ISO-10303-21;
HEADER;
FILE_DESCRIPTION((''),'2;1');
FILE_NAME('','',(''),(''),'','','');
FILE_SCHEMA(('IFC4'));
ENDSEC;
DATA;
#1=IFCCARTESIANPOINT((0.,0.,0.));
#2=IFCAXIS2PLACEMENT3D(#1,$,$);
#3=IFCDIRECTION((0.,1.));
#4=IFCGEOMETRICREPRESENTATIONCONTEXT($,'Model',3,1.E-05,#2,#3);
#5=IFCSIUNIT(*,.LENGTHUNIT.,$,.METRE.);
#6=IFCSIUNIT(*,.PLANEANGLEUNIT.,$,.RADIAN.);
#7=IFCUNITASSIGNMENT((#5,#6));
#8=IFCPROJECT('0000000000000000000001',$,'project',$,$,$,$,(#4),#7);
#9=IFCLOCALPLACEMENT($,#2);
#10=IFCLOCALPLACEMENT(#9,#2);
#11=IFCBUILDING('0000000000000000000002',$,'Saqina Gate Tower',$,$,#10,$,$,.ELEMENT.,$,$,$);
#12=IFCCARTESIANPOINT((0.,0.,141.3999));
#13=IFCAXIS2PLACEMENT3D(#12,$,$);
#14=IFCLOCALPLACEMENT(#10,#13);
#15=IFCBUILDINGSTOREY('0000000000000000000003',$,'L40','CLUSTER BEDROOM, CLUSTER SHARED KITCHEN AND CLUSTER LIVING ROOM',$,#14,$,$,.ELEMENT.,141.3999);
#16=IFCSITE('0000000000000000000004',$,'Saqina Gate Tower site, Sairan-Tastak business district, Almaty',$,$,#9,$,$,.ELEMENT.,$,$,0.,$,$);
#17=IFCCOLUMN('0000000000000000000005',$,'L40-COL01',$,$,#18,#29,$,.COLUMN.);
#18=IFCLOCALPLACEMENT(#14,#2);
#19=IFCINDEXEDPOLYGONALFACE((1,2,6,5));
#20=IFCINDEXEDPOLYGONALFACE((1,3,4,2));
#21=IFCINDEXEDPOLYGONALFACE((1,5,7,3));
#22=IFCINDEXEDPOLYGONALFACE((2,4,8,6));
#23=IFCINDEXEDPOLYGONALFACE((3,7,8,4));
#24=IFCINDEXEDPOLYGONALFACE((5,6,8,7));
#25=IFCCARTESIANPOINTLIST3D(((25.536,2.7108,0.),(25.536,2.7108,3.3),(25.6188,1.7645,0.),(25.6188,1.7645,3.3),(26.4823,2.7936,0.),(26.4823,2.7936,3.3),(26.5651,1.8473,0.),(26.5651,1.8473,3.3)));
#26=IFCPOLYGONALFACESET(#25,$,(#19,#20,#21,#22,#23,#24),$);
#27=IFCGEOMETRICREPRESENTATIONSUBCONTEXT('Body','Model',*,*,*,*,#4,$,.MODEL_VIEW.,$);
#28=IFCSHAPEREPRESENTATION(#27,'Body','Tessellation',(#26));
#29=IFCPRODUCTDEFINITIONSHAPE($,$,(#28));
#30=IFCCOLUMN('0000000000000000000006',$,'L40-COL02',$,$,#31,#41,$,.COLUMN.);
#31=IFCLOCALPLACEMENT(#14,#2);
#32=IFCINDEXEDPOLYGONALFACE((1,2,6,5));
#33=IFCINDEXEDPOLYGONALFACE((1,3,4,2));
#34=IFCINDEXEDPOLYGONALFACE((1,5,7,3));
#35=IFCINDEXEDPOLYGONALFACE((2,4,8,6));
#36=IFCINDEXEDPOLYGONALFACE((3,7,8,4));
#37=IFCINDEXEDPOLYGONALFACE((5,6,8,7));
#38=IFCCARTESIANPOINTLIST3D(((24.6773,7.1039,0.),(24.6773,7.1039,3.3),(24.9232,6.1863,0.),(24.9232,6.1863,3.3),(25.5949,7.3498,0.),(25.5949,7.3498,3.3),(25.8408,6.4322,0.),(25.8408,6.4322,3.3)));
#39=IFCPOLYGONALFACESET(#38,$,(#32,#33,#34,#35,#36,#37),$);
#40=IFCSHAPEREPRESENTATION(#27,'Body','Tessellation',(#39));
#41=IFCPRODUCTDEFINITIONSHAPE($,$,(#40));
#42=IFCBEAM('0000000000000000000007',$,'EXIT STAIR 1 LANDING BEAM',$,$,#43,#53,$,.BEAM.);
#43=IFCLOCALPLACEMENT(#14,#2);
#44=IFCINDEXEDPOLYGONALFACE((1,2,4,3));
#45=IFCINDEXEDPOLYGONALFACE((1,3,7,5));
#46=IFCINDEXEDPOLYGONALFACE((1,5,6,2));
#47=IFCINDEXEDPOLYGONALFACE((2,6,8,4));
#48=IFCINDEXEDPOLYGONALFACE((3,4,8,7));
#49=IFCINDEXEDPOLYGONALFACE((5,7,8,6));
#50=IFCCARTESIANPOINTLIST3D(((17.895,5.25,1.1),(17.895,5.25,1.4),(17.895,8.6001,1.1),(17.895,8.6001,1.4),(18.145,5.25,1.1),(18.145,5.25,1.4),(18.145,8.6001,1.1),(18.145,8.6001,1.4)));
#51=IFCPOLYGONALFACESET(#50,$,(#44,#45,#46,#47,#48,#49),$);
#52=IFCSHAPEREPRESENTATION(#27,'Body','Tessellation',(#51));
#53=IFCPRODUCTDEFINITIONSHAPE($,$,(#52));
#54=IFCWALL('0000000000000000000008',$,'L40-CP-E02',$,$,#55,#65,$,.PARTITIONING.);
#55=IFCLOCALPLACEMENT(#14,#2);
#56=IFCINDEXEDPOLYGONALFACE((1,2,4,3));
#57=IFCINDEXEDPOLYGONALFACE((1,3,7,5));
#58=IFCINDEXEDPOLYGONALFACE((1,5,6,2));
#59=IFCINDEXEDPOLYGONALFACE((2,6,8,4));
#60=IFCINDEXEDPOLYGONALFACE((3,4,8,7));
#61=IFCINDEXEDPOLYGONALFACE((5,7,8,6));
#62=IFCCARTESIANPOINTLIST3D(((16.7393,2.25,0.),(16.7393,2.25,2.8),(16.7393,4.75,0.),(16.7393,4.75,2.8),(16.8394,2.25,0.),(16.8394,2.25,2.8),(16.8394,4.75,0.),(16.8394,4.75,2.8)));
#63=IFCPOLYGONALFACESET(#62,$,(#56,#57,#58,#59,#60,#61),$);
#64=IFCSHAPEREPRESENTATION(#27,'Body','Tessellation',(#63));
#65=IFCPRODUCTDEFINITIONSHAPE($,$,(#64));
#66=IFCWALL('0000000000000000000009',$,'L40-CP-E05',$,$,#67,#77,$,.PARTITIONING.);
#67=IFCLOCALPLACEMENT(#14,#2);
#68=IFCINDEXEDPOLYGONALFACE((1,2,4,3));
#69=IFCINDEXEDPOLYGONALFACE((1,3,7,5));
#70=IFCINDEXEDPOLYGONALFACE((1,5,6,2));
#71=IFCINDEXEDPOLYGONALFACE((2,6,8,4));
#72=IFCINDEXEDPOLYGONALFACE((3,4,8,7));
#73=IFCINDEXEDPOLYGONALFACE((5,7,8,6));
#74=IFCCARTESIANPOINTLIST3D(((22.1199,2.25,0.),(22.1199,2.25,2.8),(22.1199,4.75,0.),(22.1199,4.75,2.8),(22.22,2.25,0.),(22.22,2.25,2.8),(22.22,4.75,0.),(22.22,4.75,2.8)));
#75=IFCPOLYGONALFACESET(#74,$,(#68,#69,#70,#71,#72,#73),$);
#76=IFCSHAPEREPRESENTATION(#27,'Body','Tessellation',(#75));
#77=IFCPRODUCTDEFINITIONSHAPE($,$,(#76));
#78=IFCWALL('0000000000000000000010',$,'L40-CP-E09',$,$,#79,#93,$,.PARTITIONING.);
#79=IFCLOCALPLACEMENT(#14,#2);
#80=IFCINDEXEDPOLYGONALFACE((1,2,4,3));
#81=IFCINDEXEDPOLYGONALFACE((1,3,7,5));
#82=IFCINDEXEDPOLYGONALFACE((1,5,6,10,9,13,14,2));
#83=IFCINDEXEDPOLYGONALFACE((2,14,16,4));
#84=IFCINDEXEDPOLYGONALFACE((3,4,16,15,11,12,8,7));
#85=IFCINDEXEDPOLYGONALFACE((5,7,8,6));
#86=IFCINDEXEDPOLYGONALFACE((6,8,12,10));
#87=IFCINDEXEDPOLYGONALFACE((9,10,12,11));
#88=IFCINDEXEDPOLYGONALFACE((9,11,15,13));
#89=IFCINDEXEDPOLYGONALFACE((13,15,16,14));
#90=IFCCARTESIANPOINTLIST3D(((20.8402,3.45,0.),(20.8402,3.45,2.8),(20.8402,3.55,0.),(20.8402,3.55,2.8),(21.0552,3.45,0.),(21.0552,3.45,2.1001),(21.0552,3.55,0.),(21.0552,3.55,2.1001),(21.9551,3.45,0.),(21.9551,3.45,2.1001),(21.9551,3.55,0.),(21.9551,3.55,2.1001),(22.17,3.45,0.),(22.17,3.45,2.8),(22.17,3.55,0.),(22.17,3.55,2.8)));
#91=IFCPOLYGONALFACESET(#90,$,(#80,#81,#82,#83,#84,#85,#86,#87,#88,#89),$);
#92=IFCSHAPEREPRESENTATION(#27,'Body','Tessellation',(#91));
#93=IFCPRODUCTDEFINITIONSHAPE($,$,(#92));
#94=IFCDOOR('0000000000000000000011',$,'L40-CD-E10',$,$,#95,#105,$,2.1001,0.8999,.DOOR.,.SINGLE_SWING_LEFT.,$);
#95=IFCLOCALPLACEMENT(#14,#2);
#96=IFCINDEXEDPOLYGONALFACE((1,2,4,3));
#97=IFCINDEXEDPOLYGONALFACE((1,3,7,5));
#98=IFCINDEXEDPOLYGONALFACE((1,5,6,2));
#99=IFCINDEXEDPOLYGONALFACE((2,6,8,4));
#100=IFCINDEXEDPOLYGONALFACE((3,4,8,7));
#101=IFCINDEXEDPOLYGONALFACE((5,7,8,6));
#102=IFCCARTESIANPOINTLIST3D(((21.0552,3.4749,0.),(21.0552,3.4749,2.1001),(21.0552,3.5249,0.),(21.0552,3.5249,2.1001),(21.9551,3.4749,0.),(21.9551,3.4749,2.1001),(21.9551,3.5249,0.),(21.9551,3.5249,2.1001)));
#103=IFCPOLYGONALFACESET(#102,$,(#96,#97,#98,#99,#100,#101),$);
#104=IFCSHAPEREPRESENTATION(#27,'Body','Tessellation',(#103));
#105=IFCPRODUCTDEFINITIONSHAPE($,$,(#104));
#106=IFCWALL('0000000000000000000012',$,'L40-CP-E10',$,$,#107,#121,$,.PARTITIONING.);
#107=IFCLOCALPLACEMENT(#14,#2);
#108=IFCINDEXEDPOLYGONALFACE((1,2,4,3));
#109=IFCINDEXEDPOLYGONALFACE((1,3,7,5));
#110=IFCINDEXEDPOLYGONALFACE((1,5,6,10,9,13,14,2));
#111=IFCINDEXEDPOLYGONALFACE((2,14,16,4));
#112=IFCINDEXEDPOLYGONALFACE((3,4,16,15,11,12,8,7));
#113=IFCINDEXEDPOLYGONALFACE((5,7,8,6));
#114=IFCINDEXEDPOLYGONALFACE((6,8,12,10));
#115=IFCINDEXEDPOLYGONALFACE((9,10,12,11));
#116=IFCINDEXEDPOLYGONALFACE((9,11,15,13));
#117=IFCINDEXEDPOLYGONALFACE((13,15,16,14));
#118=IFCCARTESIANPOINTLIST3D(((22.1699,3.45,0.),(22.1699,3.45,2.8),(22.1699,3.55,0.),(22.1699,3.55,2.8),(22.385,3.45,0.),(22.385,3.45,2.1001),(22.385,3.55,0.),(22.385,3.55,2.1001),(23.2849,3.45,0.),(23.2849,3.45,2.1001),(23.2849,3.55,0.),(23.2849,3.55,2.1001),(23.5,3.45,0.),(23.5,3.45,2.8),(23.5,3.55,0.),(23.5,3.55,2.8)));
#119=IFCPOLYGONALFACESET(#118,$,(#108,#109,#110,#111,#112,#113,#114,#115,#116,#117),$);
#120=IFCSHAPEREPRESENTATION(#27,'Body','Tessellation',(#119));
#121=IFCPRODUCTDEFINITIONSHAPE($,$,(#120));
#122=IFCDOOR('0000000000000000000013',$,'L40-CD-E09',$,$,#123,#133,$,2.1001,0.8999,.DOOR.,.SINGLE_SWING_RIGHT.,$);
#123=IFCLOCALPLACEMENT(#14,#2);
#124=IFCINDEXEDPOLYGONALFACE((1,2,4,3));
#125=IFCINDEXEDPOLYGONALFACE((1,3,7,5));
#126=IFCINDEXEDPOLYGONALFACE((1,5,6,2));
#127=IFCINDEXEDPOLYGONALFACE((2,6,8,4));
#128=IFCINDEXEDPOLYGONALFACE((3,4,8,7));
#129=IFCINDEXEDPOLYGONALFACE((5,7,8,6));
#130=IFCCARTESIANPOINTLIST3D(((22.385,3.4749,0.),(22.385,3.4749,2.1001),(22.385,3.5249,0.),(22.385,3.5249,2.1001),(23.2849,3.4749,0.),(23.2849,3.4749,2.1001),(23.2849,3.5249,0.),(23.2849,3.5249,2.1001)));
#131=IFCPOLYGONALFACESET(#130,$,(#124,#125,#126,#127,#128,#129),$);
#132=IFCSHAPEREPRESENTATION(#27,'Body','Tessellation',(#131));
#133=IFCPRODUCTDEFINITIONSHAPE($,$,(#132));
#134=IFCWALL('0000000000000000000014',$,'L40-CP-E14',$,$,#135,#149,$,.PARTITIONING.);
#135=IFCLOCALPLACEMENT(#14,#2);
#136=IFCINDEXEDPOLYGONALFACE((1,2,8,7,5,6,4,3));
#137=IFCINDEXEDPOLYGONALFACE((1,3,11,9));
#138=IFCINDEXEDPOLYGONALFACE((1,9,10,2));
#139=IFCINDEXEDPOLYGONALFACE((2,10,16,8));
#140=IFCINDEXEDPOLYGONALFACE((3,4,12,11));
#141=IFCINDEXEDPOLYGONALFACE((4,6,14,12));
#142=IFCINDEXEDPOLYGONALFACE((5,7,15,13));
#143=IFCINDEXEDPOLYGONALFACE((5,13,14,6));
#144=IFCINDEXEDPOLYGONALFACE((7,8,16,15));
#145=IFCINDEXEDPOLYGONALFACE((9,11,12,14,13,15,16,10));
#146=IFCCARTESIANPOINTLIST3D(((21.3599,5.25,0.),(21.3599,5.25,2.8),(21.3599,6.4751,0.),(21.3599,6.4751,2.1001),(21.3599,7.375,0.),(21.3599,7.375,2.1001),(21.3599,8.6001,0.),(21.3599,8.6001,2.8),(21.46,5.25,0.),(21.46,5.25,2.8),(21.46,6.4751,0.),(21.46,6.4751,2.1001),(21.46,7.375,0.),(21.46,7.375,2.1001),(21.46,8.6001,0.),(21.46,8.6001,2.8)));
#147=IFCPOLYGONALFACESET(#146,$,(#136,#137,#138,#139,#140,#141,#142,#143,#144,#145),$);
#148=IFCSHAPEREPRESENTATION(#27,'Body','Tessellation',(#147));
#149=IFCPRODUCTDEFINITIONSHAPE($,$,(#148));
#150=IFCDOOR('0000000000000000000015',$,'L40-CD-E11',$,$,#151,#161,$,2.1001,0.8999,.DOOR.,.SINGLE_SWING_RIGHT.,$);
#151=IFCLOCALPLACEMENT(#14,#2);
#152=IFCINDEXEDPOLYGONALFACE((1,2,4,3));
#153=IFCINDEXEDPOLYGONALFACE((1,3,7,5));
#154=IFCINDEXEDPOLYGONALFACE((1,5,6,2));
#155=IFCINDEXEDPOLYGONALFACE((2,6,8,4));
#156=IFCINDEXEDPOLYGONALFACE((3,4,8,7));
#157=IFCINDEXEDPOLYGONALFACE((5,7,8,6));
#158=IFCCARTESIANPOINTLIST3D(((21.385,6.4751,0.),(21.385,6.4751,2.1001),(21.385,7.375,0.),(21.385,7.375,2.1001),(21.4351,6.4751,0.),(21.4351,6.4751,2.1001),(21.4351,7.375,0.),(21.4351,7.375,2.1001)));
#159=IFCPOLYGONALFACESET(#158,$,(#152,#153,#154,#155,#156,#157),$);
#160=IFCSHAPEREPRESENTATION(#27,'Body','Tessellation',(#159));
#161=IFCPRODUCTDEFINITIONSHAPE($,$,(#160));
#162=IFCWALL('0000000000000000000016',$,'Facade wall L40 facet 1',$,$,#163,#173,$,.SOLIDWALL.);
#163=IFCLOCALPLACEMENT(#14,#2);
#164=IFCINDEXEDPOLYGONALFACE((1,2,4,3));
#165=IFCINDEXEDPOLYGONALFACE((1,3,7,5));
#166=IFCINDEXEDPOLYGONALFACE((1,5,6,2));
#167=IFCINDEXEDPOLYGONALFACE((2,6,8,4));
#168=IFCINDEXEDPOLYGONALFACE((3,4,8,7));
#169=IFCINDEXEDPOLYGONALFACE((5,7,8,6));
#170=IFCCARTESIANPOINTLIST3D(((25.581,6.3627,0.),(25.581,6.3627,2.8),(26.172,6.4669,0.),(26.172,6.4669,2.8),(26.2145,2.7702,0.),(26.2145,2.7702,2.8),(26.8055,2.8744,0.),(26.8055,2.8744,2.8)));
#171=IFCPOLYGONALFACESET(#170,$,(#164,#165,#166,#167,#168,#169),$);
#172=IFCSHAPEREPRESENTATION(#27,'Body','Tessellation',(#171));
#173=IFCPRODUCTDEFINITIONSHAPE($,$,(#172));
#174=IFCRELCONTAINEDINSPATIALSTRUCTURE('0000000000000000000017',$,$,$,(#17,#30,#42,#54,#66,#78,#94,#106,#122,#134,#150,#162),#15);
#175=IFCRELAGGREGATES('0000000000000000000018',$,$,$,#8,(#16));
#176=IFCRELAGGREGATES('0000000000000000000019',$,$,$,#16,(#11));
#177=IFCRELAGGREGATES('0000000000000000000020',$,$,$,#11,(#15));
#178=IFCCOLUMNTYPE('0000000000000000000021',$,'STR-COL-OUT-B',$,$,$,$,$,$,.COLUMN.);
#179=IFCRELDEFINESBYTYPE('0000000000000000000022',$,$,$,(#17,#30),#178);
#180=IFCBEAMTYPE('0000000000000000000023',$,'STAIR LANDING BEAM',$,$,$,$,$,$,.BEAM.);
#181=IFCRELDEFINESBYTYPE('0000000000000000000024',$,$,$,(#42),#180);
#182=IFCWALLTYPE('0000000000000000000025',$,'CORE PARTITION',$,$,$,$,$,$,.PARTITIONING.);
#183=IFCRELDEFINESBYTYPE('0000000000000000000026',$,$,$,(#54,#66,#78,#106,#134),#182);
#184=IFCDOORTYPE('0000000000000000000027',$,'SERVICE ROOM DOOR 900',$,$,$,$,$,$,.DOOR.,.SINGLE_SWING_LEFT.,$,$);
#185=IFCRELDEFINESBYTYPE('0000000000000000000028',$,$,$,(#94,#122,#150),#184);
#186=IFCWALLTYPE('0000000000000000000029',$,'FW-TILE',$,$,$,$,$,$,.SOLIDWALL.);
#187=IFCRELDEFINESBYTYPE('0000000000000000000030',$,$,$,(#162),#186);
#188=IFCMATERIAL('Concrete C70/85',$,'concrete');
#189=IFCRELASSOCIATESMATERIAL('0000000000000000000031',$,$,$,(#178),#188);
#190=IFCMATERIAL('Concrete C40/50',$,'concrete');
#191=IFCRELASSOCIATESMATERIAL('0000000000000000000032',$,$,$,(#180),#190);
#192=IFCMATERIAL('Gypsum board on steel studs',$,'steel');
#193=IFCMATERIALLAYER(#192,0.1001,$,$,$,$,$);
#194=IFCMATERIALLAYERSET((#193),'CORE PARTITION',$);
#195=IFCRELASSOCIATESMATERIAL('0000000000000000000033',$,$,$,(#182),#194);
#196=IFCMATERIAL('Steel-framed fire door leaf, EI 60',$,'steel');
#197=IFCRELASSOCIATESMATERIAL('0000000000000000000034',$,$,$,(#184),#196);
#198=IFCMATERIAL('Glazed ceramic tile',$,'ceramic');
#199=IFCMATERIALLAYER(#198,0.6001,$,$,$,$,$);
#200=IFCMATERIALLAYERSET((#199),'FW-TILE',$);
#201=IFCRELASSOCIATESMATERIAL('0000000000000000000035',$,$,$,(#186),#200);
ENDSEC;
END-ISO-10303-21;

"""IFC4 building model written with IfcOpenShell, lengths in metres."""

from ifc_helpers import new_model, si_unit, direction, frame, frame_2d, origin, origin_2d, place, context, subcontext, project, spatial, rectangle, extrude, material, layer, layer_set, material_profile, profile_set, type_object, element, fill, save


model = new_model("IFC4")

# Units and contexts
model_context = context("Model", 3, precision=1e-05, world=origin(), true_north=direction((0.0, 1.0)))
body_context = subcontext(model_context, "Body", "Model", "MODEL_VIEW")
ifc_project = project(units=[si_unit("LENGTHUNIT", "METRE"), si_unit("PLANEANGLEUNIT", "RADIAN")], contexts=[model_context])

# Site, building, storey
site_placement = place(None, origin())
site = spatial("IfcSite", under=ifc_project, at=site_placement, Name="Saqina Gate Tower site, Sairan-Tastak business district, Almaty", CompositionType="ELEMENT", RefElevation=0.0)
building_placement = place(site_placement, origin())
building = spatial("IfcBuilding", under=site, at=building_placement, Name="Saqina Gate Tower", CompositionType="ELEMENT")
storey_placement = place(building_placement, frame((0.0, 0.0, 141.3999)))
storey = spatial("IfcBuildingStorey", under=building, at=storey_placement, Name="L40", Description="CLUSTER BEDROOM, CLUSTER SHARED KITCHEN AND CLUSTER LIVING ROOM", CompositionType="ELEMENT", Elevation=141.3999)

# Columns
ifc_material_1 = material(Name="Concrete C70/85", Category="concrete")
ifc_material_profile_1 = material_profile(ifc_material_1, rectangle(XDim=0.95, YDim=0.95, at=origin_2d()), Name="RC 950x950")
ifc_profile_set_1 = profile_set([ifc_material_profile_1], Name="Concrete C70/85")
column_type = type_object("IfcColumnType", Name="STR-COL-OUT-B", PredefinedType="COLUMN", material=ifc_profile_set_1)
for number, where, z_axis, x_axis, name in (
    (1, (26.0505, 2.2791, 0.0), (0.0, 0.0, 1.0), (0.996195, 0.087156, 0.0), "L40-COL01"),
    (2, (25.259, 6.7681, 0.0), (0.0, 0.0, 1.0), (0.965926, 0.258819, 0.0), "L40-COL02"),
):
    element("IfcColumn", number, at=place(storey_placement, frame(where, z_axis=z_axis, x_axis=x_axis)), inside=storey, type_object=column_type, Name=name, PredefinedType="COLUMN", context=body_context, shape_type="SweptSolid", body=[
        extrude(rectangle(XDim=0.95, YDim=0.95, at=origin_2d()), origin(), (0.0, 0.0, 1.0), 3.3),
    ])

# Beam
ifc_material_2 = material(Name="Concrete C40/50", Category="concrete")
ifc_material_profile_2 = material_profile(ifc_material_2, rectangle(XDim=0.25, YDim=0.3, at=origin_2d()), Name="STAIR LANDING BEAM")
ifc_profile_set_2 = profile_set([ifc_material_profile_2], Name="Concrete C40/50")
beam_type = type_object("IfcBeamType", Name="STAIR LANDING BEAM", PredefinedType="BEAM", material=ifc_profile_set_2)
beam_placement = place(storey_placement, frame((18.02, 5.25, 1.25), z_axis=(0.0, 1.0, 0.0), x_axis=(-1.0, 0.0, 0.0)))
element("IfcBeam", 3, at=beam_placement, inside=storey, type_object=beam_type, Name="EXIT STAIR 1 LANDING BEAM", PredefinedType="BEAM", context=body_context, shape_type="SweptSolid", body=[
    extrude(rectangle(XDim=0.25, YDim=0.3, at=origin_2d()), origin(), (0.0, 0.0, 1.0), 3.3501),
])

# Walls
ifc_material_3 = material(Name="Gypsum board on steel studs", Category="steel")
ifc_layer_1 = layer(ifc_material_3, 0.1001)
ifc_layer_set_1 = layer_set([ifc_layer_1], Name="CORE PARTITION")
wall_type_1 = type_object("IfcWallType", Name="CORE PARTITION", PredefinedType="PARTITIONING", material=ifc_layer_set_1)
for number, where, z_axis, x_axis, name in (
    (4, (16.7893, 2.25, 0.0), (0.0, 0.0, 1.0), (0.0, 1.0, 0.0), "L40-CP-E02"),
    (5, (22.1699, 2.25, 0.0), (0.0, 0.0, 1.0), (0.0, 1.0, 0.0), "L40-CP-E05"),
):
    element("IfcWall", number, at=place(storey_placement, frame(where, z_axis=z_axis, x_axis=x_axis)), inside=storey, type_object=wall_type_1, Name=name, PredefinedType="PARTITIONING", context=body_context, shape_type="SweptSolid", body=[
        extrude(rectangle(XDim=2.5, YDim=0.1001, at=frame_2d((1.25, 0.0))), origin(), (0.0, 0.0, 1.0), 2.8),
    ])

# Walls, openings, doors
wall_1_placement = place(storey_placement, frame((20.8401, 3.5, 0.0), z_axis=(0.0, 0.0, 1.0), x_axis=(1.0, 0.0, 0.0)))
wall_1 = element("IfcWall", 6, at=wall_1_placement, inside=storey, type_object=wall_type_1, Name="L40-CP-E09", PredefinedType="PARTITIONING", context=body_context, shape_type="SweptSolid", body=[
    extrude(rectangle(XDim=1.3298, YDim=0.1001, at=frame_2d((0.665, 0.0))), origin(), (0.0, 0.0, 1.0), 2.8),
])
opening_1_placement = place(wall_1_placement, frame((0.2151, 0.0, 0.0)))
opening_1 = element("IfcOpeningElement", 7, at=opening_1_placement, cuts=wall_1, PredefinedType="OPENING", context=body_context, shape_type="SweptSolid", body=[
    extrude(rectangle(XDim=0.8999, YDim=2.1001, at=frame_2d((0.45, 1.05))), frame((0.0, 0.062, 0.0), z_axis=(0.0, -1.0, 0.0), x_axis=(1.0, 0.0, 0.0)), (0.0, 0.0, 1.0), 0.124),
])
ifc_material_4 = material(Name="Steel-framed fire door leaf, EI 60", Category="steel")
door_type = type_object("IfcDoorType", Name="SERVICE ROOM DOOR 900", OperationType="SINGLE_SWING_LEFT", PredefinedType="DOOR", material=ifc_material_4)
door_1_placement = place(opening_1_placement, origin())
door_1 = element("IfcDoor", 8, at=door_1_placement, inside=storey, type_object=door_type, Name="L40-CD-E10", OperationType="SINGLE_SWING_LEFT", OverallHeight=2.1001, OverallWidth=0.8999, PredefinedType="DOOR", context=body_context, shape_type="SweptSolid", body=[
    extrude(rectangle(XDim=0.8999, YDim=2.1001, at=frame_2d((0.45, 1.05))), frame((0.0, 0.0249, 0.0), z_axis=(0.0, -1.0, 0.0), x_axis=(1.0, 0.0, 0.0)), (0.0, 0.0, 1.0), 0.05),
])
fill(opening_1, door_1)
wall_2_placement = place(storey_placement, frame((22.1699, 3.5, 0.0), z_axis=(0.0, 0.0, 1.0), x_axis=(1.0, 0.0, 0.0)))
wall_2 = element("IfcWall", 9, at=wall_2_placement, inside=storey, type_object=wall_type_1, Name="L40-CP-E10", PredefinedType="PARTITIONING", context=body_context, shape_type="SweptSolid", body=[
    extrude(rectangle(XDim=1.3301, YDim=0.1001, at=frame_2d((0.665, 0.0))), origin(), (0.0, 0.0, 1.0), 2.8),
])
opening_2_placement = place(wall_2_placement, frame((0.2151, 0.0, 0.0)))
opening_2 = element("IfcOpeningElement", 10, at=opening_2_placement, cuts=wall_2, PredefinedType="OPENING", context=body_context, shape_type="SweptSolid", body=[
    extrude(rectangle(XDim=0.8999, YDim=2.1001, at=frame_2d((0.45, 1.05))), frame((0.0, 0.062, 0.0), z_axis=(0.0, -1.0, 0.0), x_axis=(1.0, 0.0, 0.0)), (0.0, 0.0, 1.0), 0.124),
])
door_2_placement = place(opening_2_placement, origin())
door_2 = element("IfcDoor", 11, at=door_2_placement, inside=storey, type_object=door_type, Name="L40-CD-E09", OperationType="SINGLE_SWING_RIGHT", OverallHeight=2.1001, OverallWidth=0.8999, PredefinedType="DOOR", context=body_context, shape_type="SweptSolid", body=[
    extrude(rectangle(XDim=0.8999, YDim=2.1001, at=frame_2d((0.45, 1.05))), frame((0.0, 0.0249, 0.0), z_axis=(0.0, -1.0, 0.0), x_axis=(1.0, 0.0, 0.0)), (0.0, 0.0, 1.0), 0.05),
])
fill(opening_2, door_2)
wall_3_placement = place(storey_placement, frame((21.4099, 5.25, 0.0), z_axis=(0.0, 0.0, 1.0), x_axis=(0.0, 1.0, 0.0)))
wall_3 = element("IfcWall", 12, at=wall_3_placement, inside=storey, type_object=wall_type_1, Name="L40-CP-E14", PredefinedType="PARTITIONING", context=body_context, shape_type="SweptSolid", body=[
    extrude(rectangle(XDim=3.3501, YDim=0.1001, at=frame_2d((1.675, 0.0))), origin(), (0.0, 0.0, 1.0), 2.8),
])
opening_3_placement = place(wall_3_placement, frame((1.2251, 0.0, 0.0)))
opening_3 = element("IfcOpeningElement", 13, at=opening_3_placement, cuts=wall_3, PredefinedType="OPENING", context=body_context, shape_type="SweptSolid", body=[
    extrude(rectangle(XDim=0.8999, YDim=2.1001, at=frame_2d((0.45, 1.05))), frame((0.0, 0.062, 0.0), z_axis=(0.0, -1.0, 0.0), x_axis=(1.0, 0.0, 0.0)), (0.0, 0.0, 1.0), 0.124),
])
door_3_placement = place(opening_3_placement, origin())
door_3 = element("IfcDoor", 14, at=door_3_placement, inside=storey, type_object=door_type, Name="L40-CD-E11", OperationType="SINGLE_SWING_RIGHT", OverallHeight=2.1001, OverallWidth=0.8999, PredefinedType="DOOR", context=body_context, shape_type="SweptSolid", body=[
    extrude(rectangle(XDim=0.8999, YDim=2.1001, at=frame_2d((0.45, 1.05))), frame((0.0, 0.0249, 0.0), z_axis=(0.0, -1.0, 0.0), x_axis=(1.0, 0.0, 0.0)), (0.0, 0.0, 1.0), 0.05),
])
fill(opening_3, door_3)

# Wall
ifc_material_5 = material(Name="Glazed ceramic tile", Category="ceramic")
ifc_layer_2 = layer(ifc_material_5, 0.6001)
ifc_layer_set_2 = layer_set([ifc_layer_2], Name="FW-TILE")
wall_type_2 = type_object("IfcWallType", Name="FW-TILE", PredefinedType="SOLIDWALL", material=ifc_layer_set_2)
wall_4_placement = place(storey_placement, frame((26.51, 2.8223, 0.0), z_axis=(0.0, 0.0, 1.0), x_axis=(-0.173671, 0.984804, 0.0)))
element("IfcWall", 15, at=wall_4_placement, inside=storey, type_object=wall_type_2, Name="Facade wall L40 facet 1", PredefinedType="SOLIDWALL", context=body_context, shape_type="SweptSolid", body=[
    extrude(rectangle(XDim=3.6479, YDim=0.6001, at=frame_2d((1.824, 0.0))), origin(), (0.0, 0.0, 1.0), 2.8),
])

save(model, "model.ifc")
